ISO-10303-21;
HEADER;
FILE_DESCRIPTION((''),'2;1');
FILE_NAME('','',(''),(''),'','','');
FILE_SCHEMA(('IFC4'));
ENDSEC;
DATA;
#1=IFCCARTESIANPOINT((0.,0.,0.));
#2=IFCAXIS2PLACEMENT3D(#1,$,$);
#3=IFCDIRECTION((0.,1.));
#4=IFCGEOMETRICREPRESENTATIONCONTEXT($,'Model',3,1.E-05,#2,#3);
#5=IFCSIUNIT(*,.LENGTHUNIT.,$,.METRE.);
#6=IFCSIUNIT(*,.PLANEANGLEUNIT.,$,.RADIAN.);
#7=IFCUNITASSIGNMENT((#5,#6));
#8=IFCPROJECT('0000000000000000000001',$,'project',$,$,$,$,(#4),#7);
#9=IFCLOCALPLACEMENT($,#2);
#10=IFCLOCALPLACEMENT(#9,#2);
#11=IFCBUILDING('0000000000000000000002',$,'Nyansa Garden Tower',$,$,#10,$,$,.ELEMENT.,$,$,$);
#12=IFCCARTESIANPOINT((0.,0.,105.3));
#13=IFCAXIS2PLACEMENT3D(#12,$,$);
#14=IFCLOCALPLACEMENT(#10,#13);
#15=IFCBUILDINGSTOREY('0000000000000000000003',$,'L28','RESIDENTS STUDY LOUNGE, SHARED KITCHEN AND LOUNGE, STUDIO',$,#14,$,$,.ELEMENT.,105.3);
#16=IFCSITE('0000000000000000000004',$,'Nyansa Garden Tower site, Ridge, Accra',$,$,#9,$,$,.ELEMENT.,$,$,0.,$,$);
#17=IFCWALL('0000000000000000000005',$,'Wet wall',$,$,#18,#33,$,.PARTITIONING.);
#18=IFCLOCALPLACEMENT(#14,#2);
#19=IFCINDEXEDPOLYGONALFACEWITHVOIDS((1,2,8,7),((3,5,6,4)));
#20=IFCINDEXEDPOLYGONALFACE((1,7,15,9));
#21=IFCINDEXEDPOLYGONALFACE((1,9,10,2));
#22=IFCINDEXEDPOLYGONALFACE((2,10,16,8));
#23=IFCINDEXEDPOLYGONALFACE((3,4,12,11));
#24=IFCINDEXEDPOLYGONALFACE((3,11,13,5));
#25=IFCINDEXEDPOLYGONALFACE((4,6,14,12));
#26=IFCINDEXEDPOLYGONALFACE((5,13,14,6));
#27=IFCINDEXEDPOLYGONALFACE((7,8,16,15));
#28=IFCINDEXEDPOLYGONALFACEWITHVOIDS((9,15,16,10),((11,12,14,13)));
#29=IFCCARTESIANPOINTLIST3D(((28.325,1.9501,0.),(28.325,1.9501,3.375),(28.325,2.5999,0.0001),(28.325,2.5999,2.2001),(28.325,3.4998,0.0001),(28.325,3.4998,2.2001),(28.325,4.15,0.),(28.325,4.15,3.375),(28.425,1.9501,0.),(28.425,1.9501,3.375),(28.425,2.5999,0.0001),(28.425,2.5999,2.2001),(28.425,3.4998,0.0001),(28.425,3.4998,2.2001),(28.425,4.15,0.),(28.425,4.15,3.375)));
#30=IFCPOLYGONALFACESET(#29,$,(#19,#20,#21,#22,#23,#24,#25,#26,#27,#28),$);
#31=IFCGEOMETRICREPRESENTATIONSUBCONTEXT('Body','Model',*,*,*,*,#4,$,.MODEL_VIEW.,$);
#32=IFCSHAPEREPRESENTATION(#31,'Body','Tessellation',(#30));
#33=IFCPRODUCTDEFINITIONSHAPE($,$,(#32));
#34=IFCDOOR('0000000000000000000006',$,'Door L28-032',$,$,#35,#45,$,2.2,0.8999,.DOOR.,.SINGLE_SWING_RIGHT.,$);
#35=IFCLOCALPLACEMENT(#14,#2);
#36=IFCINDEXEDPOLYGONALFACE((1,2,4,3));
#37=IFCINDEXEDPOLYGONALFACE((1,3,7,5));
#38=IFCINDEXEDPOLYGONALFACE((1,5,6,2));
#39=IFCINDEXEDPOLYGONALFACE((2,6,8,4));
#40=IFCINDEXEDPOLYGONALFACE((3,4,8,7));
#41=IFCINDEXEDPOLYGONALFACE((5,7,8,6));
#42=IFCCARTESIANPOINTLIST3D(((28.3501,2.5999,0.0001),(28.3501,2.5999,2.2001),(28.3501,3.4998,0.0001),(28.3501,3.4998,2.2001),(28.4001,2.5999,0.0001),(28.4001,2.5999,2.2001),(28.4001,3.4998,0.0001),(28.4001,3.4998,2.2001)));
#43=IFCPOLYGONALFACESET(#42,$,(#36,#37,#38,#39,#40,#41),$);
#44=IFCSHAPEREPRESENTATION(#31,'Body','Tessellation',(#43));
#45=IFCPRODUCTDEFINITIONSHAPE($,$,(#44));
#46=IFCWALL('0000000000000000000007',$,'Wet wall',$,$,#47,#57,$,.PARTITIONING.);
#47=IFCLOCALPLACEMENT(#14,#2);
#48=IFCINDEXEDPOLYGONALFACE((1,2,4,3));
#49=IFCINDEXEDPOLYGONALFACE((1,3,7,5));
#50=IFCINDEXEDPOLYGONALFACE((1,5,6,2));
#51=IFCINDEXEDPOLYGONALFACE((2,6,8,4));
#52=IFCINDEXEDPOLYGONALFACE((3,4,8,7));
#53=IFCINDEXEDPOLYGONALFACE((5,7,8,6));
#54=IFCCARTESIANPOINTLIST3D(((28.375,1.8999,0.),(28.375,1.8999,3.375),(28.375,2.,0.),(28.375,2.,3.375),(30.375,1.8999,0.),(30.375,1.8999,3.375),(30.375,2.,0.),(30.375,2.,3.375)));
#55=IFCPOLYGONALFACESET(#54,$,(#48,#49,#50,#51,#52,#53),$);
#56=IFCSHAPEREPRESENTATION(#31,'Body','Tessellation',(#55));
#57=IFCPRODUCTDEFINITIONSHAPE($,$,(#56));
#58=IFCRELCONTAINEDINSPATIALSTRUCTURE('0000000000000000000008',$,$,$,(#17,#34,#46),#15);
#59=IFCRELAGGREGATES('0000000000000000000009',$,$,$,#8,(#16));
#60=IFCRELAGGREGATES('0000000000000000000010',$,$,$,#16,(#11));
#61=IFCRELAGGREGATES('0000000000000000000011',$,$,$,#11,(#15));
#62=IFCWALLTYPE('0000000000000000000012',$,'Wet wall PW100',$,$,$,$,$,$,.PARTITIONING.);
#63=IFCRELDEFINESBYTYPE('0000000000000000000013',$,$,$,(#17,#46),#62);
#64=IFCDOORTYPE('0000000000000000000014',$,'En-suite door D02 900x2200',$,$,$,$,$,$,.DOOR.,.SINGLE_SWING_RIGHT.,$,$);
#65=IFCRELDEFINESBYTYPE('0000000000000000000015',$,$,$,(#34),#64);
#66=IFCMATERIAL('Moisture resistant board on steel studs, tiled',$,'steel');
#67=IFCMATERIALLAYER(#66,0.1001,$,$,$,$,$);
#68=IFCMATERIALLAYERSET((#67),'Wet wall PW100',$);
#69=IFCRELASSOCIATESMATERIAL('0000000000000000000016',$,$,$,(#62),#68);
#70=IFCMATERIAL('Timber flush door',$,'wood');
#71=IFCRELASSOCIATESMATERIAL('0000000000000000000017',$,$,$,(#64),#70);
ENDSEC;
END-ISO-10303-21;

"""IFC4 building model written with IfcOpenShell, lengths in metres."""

from ifc_helpers import new_model, si_unit, direction, frame, frame_2d, origin, place, context, subcontext, project, spatial, rectangle, extrude, material, layer, layer_set, type_object, element, fill, save


model = new_model("IFC4")

# Units and contexts
model_context = context("Model", 3, precision=1e-05, world=origin(), true_north=direction((0.0, 1.0)))
body_context = subcontext(model_context, "Body", "Model", "MODEL_VIEW")
ifc_project = project(units=[si_unit("LENGTHUNIT", "METRE"), si_unit("PLANEANGLEUNIT", "RADIAN")], contexts=[model_context])

# Site, building, storey
site_placement = place(None, origin())
site = spatial("IfcSite", under=ifc_project, at=site_placement, Name="Nyansa Garden Tower site, Ridge, Accra", CompositionType="ELEMENT", RefElevation=0.0)
building_placement = place(site_placement, origin())
building = spatial("IfcBuilding", under=site, at=building_placement, Name="Nyansa Garden Tower", CompositionType="ELEMENT")
storey_placement = place(building_placement, frame((0.0, 0.0, 105.3)))
storey = spatial("IfcBuildingStorey", under=building, at=storey_placement, Name="L28", Description="RESIDENTS STUDY LOUNGE, SHARED KITCHEN AND LOUNGE, STUDIO", CompositionType="ELEMENT", Elevation=105.3)

# Shared definitions
ifc_material_1 = material(Name="Moisture resistant board on steel studs, tiled", Category="steel")
ifc_layer_1 = layer(ifc_material_1, 0.1001)
ifc_layer_set_1 = layer_set([ifc_layer_1], Name="Wet wall PW100")
wall_type_1 = type_object("IfcWallType", Name="Wet wall PW100", PredefinedType="PARTITIONING", material=ifc_layer_set_1)

# Wall, opening, door
wall_1_placement = place(storey_placement, frame((28.375, 1.95, 0.0), z_axis=(0.0, 0.0, 1.0), x_axis=(0.0, 1.0, 0.0)))
wall_1 = element("IfcWall", 1, at=wall_1_placement, inside=storey, type_object=wall_type_1, Name="Wet wall", PredefinedType="PARTITIONING", context=body_context, shape_type="SweptSolid", body=[
    extrude(rectangle(XDim=2.2, YDim=0.1001, at=frame_2d((1.1001, 0.0))), origin(), (0.0, 0.0, 1.0), 3.375),
])
opening_1_placement = place(wall_1_placement, frame((0.6499, 0.0, 0.0)))
opening_1 = element("IfcOpeningElement", 2, at=opening_1_placement, cuts=wall_1, PredefinedType="OPENING", context=body_context, shape_type="SweptSolid", body=[
    extrude(rectangle(XDim=0.8999, YDim=2.2, at=frame_2d((0.45, 1.1001))), frame((0.0, 0.0601, 0.0), z_axis=(0.0, -1.0, 0.0), x_axis=(1.0, 0.0, 0.0)), (0.0, 0.0, 1.0), 0.1201),
])
ifc_material_2 = material(Name="Timber flush door", Category="wood")
door_type_1 = type_object("IfcDoorType", Name="En-suite door D02 900x2200", OperationType="SINGLE_SWING_RIGHT", PredefinedType="DOOR", material=ifc_material_2)
door_1_placement = place(opening_1_placement, origin())
door_1 = element("IfcDoor", 3, at=door_1_placement, inside=storey, type_object=door_type_1, Name="Door L28-032", OperationType="SINGLE_SWING_RIGHT", OverallHeight=2.2, OverallWidth=0.8999, PredefinedType="DOOR", context=body_context, shape_type="SweptSolid", body=[
    extrude(rectangle(XDim=0.8999, YDim=2.2, at=frame_2d((0.45, 1.1001))), frame((0.0, 0.0249, 0.0), z_axis=(0.0, -1.0, 0.0), x_axis=(1.0, 0.0, 0.0)), (0.0, 0.0, 1.0), 0.05),
])
fill(opening_1, door_1)

# Wall
wall_2_placement = place(storey_placement, frame((28.375, 1.95, 0.0), z_axis=(0.0, 0.0, 1.0), x_axis=(1.0, 0.0, 0.0)))
element("IfcWall", 4, at=wall_2_placement, inside=storey, type_object=wall_type_1, Name="Wet wall", PredefinedType="PARTITIONING", context=body_context, shape_type="SweptSolid", body=[
    extrude(rectangle(XDim=2.0, YDim=0.1001, at=frame_2d((1.0, 0.0))), origin(), (0.0, 0.0, 1.0), 3.375),
])

save(model, "model.ifc")
